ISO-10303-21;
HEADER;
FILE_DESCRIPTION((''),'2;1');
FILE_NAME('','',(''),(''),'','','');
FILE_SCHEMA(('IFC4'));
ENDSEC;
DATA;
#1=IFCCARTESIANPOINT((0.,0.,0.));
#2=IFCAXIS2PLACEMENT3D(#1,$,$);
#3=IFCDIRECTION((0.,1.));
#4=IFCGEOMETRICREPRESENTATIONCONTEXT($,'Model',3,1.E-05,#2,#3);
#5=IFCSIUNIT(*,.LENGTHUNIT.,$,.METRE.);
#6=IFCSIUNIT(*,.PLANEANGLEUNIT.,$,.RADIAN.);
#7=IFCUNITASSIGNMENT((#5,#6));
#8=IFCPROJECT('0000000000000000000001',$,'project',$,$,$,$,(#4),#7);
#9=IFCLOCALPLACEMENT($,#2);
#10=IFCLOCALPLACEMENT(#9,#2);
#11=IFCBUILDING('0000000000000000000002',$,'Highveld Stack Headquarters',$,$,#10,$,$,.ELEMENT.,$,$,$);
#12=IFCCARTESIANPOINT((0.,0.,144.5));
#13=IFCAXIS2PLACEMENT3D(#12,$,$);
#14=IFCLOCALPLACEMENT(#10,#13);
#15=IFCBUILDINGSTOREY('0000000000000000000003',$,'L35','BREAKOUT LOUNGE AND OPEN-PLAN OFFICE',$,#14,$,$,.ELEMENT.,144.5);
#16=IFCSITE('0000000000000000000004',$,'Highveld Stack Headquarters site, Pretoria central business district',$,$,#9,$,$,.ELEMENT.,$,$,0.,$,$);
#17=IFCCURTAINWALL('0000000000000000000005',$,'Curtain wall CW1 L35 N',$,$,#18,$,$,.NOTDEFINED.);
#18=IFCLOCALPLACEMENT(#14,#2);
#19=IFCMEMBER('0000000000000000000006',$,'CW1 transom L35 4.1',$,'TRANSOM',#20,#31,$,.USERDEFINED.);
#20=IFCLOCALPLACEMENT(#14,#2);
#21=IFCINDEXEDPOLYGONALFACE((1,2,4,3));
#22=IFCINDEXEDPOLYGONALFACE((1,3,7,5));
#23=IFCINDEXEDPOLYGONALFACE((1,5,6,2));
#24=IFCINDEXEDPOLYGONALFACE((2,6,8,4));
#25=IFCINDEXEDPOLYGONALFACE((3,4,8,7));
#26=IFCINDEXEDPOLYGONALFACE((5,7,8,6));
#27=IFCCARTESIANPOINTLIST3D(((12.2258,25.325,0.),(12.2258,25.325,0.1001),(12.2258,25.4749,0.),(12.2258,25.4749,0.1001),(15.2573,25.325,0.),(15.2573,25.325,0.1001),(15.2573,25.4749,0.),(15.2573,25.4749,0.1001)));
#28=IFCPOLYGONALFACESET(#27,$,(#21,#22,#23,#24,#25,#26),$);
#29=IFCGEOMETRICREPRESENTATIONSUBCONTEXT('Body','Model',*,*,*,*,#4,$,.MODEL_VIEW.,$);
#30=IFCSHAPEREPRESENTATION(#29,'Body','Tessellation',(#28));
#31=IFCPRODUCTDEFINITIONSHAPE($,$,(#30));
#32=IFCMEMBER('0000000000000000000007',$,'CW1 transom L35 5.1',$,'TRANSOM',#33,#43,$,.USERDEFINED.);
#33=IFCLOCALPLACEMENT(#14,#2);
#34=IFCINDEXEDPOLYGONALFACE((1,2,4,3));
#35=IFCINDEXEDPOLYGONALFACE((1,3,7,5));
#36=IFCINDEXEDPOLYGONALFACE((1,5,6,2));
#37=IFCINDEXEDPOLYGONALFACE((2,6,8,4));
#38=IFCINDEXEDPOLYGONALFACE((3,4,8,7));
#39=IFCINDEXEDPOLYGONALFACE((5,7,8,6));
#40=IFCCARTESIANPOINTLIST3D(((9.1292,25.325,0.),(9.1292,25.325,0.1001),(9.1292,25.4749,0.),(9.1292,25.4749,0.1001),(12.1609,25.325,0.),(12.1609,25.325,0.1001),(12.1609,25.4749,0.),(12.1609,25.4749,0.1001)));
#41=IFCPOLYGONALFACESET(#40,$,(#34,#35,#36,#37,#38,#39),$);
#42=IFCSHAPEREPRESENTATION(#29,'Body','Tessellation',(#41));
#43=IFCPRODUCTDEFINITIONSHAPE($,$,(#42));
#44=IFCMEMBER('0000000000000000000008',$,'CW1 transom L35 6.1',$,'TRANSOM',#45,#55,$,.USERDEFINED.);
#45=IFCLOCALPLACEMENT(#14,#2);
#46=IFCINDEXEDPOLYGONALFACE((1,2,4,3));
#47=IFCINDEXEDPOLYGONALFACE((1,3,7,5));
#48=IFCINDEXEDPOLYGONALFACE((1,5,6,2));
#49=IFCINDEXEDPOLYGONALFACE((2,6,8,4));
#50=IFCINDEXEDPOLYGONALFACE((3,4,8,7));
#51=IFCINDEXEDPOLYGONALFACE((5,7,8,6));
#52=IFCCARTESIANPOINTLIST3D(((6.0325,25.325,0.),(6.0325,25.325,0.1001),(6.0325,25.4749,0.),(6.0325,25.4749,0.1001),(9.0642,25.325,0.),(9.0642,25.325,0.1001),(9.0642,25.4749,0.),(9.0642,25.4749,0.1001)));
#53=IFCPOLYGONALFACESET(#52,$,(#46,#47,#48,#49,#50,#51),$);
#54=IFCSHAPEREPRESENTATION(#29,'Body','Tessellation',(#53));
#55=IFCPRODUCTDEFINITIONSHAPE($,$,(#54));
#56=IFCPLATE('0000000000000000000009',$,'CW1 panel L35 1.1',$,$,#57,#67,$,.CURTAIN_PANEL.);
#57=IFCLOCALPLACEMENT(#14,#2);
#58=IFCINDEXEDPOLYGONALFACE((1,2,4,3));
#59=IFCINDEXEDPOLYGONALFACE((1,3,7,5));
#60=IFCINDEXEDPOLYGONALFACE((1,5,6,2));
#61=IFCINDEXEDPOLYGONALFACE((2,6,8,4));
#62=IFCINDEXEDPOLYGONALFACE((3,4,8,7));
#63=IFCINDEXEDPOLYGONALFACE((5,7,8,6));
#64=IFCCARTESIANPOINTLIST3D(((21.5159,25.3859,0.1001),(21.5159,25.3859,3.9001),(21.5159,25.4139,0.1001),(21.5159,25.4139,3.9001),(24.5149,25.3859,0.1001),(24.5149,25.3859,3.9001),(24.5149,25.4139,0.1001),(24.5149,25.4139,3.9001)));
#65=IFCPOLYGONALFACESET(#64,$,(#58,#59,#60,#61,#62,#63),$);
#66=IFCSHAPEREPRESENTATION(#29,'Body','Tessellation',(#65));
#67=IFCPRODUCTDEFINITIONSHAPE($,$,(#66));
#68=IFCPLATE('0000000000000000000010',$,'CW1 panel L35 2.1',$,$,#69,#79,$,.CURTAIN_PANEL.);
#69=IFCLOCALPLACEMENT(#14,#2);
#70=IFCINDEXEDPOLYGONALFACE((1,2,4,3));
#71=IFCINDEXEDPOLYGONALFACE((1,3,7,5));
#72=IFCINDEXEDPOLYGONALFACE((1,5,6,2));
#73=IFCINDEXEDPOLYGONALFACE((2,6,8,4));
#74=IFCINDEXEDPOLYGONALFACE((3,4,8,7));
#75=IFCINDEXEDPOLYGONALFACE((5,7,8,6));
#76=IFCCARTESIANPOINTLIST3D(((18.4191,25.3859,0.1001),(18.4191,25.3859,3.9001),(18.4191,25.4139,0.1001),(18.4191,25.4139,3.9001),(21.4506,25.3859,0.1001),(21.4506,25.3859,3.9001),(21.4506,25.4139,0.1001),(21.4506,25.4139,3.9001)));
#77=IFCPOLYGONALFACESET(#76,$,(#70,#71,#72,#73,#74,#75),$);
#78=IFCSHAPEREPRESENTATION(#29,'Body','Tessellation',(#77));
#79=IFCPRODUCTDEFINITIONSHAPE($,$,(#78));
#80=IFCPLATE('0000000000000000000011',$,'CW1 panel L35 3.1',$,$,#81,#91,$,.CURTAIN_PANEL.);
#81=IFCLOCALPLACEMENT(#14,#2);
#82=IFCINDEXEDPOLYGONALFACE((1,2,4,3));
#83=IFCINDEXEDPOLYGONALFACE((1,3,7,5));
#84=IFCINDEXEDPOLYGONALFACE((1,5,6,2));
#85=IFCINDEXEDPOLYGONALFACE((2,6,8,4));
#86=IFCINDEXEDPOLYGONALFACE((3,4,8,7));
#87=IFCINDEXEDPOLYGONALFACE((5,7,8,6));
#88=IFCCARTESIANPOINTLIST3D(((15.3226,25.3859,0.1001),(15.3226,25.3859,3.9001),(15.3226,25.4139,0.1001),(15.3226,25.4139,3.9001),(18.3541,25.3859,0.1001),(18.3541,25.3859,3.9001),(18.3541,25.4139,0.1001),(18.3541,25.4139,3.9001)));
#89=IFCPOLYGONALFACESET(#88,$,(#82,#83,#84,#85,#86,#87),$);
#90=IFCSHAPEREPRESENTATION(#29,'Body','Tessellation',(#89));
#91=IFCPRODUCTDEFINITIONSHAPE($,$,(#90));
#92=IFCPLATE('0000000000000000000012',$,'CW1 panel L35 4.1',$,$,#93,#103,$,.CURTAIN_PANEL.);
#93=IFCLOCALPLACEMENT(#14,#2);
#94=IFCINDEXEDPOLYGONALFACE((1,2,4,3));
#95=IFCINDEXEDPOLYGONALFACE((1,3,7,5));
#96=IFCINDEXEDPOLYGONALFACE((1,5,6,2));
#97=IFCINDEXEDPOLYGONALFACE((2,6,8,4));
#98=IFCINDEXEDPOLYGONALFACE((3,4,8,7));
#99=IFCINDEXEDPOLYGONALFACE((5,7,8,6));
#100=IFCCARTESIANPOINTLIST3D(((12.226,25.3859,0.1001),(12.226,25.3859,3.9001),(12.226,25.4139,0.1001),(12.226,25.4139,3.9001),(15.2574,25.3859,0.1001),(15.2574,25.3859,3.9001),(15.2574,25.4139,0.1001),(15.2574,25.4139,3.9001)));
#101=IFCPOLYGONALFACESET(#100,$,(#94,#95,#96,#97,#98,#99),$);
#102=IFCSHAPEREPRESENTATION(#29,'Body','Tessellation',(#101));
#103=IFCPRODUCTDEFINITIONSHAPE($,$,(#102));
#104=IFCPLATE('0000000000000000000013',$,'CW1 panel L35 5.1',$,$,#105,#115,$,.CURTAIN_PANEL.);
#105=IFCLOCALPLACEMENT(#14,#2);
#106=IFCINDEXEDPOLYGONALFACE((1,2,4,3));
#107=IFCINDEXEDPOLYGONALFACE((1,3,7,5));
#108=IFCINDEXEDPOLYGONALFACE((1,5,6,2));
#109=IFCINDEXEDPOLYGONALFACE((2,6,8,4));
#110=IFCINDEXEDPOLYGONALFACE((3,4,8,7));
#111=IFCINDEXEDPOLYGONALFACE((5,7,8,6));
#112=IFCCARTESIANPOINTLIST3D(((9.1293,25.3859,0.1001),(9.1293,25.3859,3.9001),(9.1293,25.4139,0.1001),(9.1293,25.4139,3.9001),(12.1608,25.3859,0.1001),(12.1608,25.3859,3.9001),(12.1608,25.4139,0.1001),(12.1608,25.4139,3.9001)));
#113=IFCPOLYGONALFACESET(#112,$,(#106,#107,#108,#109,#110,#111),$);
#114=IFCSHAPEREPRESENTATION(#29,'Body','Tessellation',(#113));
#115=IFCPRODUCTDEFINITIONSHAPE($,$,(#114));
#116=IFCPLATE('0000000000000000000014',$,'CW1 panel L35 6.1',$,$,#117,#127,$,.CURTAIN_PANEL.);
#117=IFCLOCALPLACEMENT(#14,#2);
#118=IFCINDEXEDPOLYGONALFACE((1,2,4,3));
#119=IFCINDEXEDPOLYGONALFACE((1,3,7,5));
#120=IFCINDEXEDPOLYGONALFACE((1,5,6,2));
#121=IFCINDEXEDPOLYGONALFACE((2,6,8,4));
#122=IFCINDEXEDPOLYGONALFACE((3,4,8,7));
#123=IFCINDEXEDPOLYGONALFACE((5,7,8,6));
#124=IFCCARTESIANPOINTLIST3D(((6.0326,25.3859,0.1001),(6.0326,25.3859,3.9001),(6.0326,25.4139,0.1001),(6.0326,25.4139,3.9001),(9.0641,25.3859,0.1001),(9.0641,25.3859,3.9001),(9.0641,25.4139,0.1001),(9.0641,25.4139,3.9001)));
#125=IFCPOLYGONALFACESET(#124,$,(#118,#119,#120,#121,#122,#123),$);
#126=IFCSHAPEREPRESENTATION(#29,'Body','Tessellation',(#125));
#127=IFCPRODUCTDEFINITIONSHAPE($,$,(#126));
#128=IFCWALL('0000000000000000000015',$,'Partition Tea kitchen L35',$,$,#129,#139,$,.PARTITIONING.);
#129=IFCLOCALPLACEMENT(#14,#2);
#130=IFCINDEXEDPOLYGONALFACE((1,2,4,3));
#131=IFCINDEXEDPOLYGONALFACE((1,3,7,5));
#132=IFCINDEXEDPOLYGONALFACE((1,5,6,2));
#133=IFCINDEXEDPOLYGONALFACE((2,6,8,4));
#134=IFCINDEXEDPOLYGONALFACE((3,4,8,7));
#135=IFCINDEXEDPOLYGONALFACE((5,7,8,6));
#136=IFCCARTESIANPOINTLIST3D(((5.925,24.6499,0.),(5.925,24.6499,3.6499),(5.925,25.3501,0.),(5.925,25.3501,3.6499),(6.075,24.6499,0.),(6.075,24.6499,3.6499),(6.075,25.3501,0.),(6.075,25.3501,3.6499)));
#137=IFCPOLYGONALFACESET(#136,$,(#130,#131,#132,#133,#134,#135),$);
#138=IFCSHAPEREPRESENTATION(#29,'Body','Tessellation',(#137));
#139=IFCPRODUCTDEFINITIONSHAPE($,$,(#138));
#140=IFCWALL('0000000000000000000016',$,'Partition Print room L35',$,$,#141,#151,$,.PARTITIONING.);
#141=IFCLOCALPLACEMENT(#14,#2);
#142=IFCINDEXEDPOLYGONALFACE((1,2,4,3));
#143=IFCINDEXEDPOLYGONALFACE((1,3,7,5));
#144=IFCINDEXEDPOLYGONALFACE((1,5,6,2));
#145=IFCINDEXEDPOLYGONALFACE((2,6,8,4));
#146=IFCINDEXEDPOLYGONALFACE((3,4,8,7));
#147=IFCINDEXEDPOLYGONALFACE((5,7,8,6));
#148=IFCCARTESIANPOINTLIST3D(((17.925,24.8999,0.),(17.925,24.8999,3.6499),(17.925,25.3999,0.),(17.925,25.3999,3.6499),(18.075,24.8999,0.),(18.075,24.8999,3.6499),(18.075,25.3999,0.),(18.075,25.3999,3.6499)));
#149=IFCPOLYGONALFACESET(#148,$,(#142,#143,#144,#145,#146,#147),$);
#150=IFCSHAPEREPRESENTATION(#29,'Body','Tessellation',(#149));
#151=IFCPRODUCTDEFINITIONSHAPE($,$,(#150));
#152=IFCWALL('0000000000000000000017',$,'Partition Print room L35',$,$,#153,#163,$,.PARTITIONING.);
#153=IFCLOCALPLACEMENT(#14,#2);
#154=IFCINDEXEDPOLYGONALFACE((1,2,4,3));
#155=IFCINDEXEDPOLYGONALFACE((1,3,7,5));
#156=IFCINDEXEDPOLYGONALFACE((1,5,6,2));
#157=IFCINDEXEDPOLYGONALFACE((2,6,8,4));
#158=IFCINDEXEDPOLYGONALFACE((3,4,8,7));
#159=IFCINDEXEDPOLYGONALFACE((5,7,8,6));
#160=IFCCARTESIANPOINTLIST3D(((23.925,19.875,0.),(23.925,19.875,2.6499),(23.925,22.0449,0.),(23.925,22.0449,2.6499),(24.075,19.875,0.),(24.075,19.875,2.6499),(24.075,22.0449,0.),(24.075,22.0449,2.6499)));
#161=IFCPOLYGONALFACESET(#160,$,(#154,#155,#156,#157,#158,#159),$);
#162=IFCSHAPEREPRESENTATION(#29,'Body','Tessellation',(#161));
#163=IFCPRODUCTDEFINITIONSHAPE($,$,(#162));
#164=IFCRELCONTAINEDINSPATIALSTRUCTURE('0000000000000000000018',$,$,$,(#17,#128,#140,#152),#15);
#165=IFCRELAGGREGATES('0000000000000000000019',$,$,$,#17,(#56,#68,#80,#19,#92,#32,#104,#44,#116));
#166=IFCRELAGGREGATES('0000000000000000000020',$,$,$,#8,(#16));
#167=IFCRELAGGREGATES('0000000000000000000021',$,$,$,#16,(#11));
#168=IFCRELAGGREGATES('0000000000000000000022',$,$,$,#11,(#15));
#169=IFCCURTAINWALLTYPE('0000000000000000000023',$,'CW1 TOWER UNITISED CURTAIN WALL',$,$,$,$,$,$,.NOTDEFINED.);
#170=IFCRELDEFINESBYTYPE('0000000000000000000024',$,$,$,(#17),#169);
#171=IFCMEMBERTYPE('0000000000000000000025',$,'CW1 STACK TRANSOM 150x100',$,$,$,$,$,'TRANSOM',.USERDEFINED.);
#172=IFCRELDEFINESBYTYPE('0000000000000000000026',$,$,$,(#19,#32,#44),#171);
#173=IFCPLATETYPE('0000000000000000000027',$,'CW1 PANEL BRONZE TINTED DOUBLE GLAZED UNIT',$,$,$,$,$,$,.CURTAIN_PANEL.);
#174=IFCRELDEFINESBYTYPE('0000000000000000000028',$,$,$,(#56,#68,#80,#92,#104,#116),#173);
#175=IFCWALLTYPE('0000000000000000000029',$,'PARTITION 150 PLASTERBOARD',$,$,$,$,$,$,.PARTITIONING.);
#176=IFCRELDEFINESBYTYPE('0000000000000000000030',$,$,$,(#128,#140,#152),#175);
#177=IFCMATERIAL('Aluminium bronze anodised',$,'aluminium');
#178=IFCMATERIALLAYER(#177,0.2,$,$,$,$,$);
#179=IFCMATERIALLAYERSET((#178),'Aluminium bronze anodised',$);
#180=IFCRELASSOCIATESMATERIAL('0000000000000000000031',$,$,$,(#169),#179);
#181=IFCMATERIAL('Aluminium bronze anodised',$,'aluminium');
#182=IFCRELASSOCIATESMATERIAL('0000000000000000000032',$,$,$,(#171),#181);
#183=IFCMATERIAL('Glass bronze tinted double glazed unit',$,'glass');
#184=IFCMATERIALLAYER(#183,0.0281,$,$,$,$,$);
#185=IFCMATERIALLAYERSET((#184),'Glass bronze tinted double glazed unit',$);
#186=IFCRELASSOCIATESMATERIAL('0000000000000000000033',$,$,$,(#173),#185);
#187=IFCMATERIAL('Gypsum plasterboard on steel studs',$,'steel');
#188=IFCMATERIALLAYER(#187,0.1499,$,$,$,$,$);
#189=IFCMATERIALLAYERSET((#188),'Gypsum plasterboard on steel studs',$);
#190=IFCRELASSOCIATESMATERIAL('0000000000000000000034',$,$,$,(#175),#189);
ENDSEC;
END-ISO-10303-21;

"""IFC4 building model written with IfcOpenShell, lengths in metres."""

from ifc_helpers import new_model, si_unit, direction, frame, frame_2d, origin, origin_2d, place, context, subcontext, project, spatial, rectangle, extrude, material, layer, layer_set, material_profile, profile_set, type_object, element, aggregate, save


model = new_model("IFC4")

# Units and contexts
model_context = context("Model", 3, precision=1e-05, world=origin(), true_north=direction((0.0, 1.0)))
body_context = subcontext(model_context, "Body", "Model", "MODEL_VIEW")
ifc_project = project(units=[si_unit("LENGTHUNIT", "METRE"), si_unit("PLANEANGLEUNIT", "RADIAN")], contexts=[model_context])

# Site, building, storey
site_placement = place(None, origin())
site = spatial("IfcSite", under=ifc_project, at=site_placement, Name="Highveld Stack Headquarters site, Pretoria central business district", CompositionType="ELEMENT", RefElevation=0.0)
building_placement = place(site_placement, origin())
building = spatial("IfcBuilding", under=site, at=building_placement, Name="Highveld Stack Headquarters", CompositionType="ELEMENT")
storey_placement = place(building_placement, frame((0.0, 0.0, 144.5)))
storey = spatial("IfcBuildingStorey", under=building, at=storey_placement, Name="L35", Description="BREAKOUT LOUNGE AND OPEN-PLAN OFFICE", CompositionType="ELEMENT", Elevation=144.5)

# Curtain wall, members, plates
ifc_material_1 = material(Name="Aluminium bronze anodised", Category="aluminium")
ifc_layer_1 = layer(ifc_material_1, 0.2)
ifc_layer_set_1 = layer_set([ifc_layer_1], Name="Aluminium bronze anodised")
curtain_wall_type = type_object("IfcCurtainWallType", Name="CW1 TOWER UNITISED CURTAIN WALL", PredefinedType="NOTDEFINED", material=ifc_layer_set_1)
curtain_wall_placement = place(storey_placement, origin())
curtain_wall = element("IfcCurtainWall", 1, at=curtain_wall_placement, inside=storey, type_object=curtain_wall_type, Name="Curtain wall CW1 L35 N", PredefinedType="NOTDEFINED")
ifc_material_2 = material(Name="Aluminium bronze anodised", Category="aluminium")
ifc_material_profile_1 = material_profile(ifc_material_2, rectangle(XDim=0.1499, YDim=0.1001, at=origin_2d()), Name="CW1 TRANSOM 150x100")
ifc_profile_set_1 = profile_set([ifc_material_profile_1], Name="Aluminium bronze anodised")
member_type_1 = type_object("IfcMemberType", Name="CW1 STACK TRANSOM 150x100", ElementType="TRANSOM", PredefinedType="USERDEFINED", material=ifc_profile_set_1)
member_1_placement = place(storey_placement, frame((15.2573, 25.3999, 0.05), z_axis=(-1.0, 0.0, 0.0), x_axis=(0.0, -1.0, 0.0)))
member_1 = element("IfcMember", 2, at=member_1_placement, type_object=member_type_1, Name="CW1 transom L35 4.1", ObjectType="TRANSOM", PredefinedType="USERDEFINED", context=body_context, shape_type="SweptSolid", body=[
    extrude(rectangle(XDim=0.1499, YDim=0.1001, at=origin_2d()), origin(), (0.0, 0.0, 1.0), 3.0315),
])
member_2_placement = place(storey_placement, frame((12.1609, 25.3999, 0.05), z_axis=(-1.0, 0.0, 0.0), x_axis=(0.0, -1.0, 0.0)))
member_2 = element("IfcMember", 3, at=member_2_placement, type_object=member_type_1, Name="CW1 transom L35 5.1", ObjectType="TRANSOM", PredefinedType="USERDEFINED", context=body_context, shape_type="SweptSolid", body=[
    extrude(rectangle(XDim=0.1499, YDim=0.1001, at=origin_2d()), origin(), (0.0, 0.0, 1.0), 3.0317),
])
member_3_placement = place(storey_placement, frame((9.0642, 25.3999, 0.05), z_axis=(-1.0, 0.0, 0.0), x_axis=(0.0, -1.0, 0.0)))
member_3 = element("IfcMember", 4, at=member_3_placement, type_object=member_type_1, Name="CW1 transom L35 6.1", ObjectType="TRANSOM", PredefinedType="USERDEFINED", context=body_context, shape_type="SweptSolid", body=[
    extrude(rectangle(XDim=0.1499, YDim=0.1001, at=origin_2d()), origin(), (0.0, 0.0, 1.0), 3.0317),
])
ifc_material_3 = material(Name="Glass bronze tinted double glazed unit", Category="glass")
ifc_layer_2 = layer(ifc_material_3, 0.0281)
ifc_layer_set_2 = layer_set([ifc_layer_2], Name="Glass bronze tinted double glazed unit")
plate_type = type_object("IfcPlateType", Name="CW1 PANEL BRONZE TINTED DOUBLE GLAZED UNIT", PredefinedType="CURTAIN_PANEL", material=ifc_layer_set_2)
plate_1_placement = place(storey_placement, frame((23.0154, 25.3999, 0.1001), z_axis=(0.0, 0.0, 1.0), x_axis=(-1.0, 0.0, 0.0)))
plate_1 = element("IfcPlate", 5, at=plate_1_placement, type_object=plate_type, Name="CW1 panel L35 1.1", PredefinedType="CURTAIN_PANEL", context=body_context, shape_type="SweptSolid", body=[
    extrude(rectangle(XDim=2.999, YDim=0.0281, at=origin_2d()), origin(), (0.0, 0.0, 1.0), 3.8),
])
plate_2_placement = place(storey_placement, frame((19.9348, 25.3999, 0.1001), z_axis=(0.0, 0.0, 1.0), x_axis=(-1.0, 0.0, 0.0)))
plate_2 = element("IfcPlate", 6, at=plate_2_placement, type_object=plate_type, Name="CW1 panel L35 2.1", PredefinedType="CURTAIN_PANEL", context=body_context, shape_type="SweptSolid", body=[
    extrude(rectangle(XDim=3.0315, YDim=0.0281, at=origin_2d()), origin(), (0.0, 0.0, 1.0), 3.8),
])
plate_3_placement = place(storey_placement, frame((16.8384, 25.3999, 0.1001), z_axis=(0.0, 0.0, 1.0), x_axis=(-1.0, 0.0, 0.0)))
plate_3 = element("IfcPlate", 7, at=plate_3_placement, type_object=plate_type, Name="CW1 panel L35 3.1", PredefinedType="CURTAIN_PANEL", context=body_context, shape_type="SweptSolid", body=[
    extrude(rectangle(XDim=3.0315, YDim=0.0281, at=origin_2d()), origin(), (0.0, 0.0, 1.0), 3.8),
])
plate_4_placement = place(storey_placement, frame((13.7417, 25.3999, 0.1001), z_axis=(0.0, 0.0, 1.0), x_axis=(-1.0, 0.0, 0.0)))
plate_4 = element("IfcPlate", 8, at=plate_4_placement, type_object=plate_type, Name="CW1 panel L35 4.1", PredefinedType="CURTAIN_PANEL", context=body_context, shape_type="SweptSolid", body=[
    extrude(rectangle(XDim=3.0315, YDim=0.0281, at=origin_2d()), origin(), (0.0, 0.0, 1.0), 3.8),
])
plate_5_placement = place(storey_placement, frame((10.645, 25.3999, 0.1001), z_axis=(0.0, 0.0, 1.0), x_axis=(-1.0, 0.0, 0.0)))
plate_5 = element("IfcPlate", 9, at=plate_5_placement, type_object=plate_type, Name="CW1 panel L35 5.1", PredefinedType="CURTAIN_PANEL", context=body_context, shape_type="SweptSolid", body=[
    extrude(rectangle(XDim=3.0315, YDim=0.0281, at=origin_2d()), origin(), (0.0, 0.0, 1.0), 3.8),
])
plate_6_placement = place(storey_placement, frame((7.5483, 25.3999, 0.1001), z_axis=(0.0, 0.0, 1.0), x_axis=(-1.0, 0.0, 0.0)))
plate_6 = element("IfcPlate", 10, at=plate_6_placement, type_object=plate_type, Name="CW1 panel L35 6.1", PredefinedType="CURTAIN_PANEL", context=body_context, shape_type="SweptSolid", body=[
    extrude(rectangle(XDim=3.0315, YDim=0.0281, at=origin_2d()), origin(), (0.0, 0.0, 1.0), 3.8),
])
aggregate(curtain_wall, [plate_1, plate_2, plate_3, member_1, plate_4, member_2, plate_5, member_3, plate_6])

# Walls
ifc_material_4 = material(Name="Gypsum plasterboard on steel studs", Category="steel")
ifc_layer_3 = layer(ifc_material_4, 0.1499)
ifc_layer_set_3 = layer_set([ifc_layer_3], Name="Gypsum plasterboard on steel studs")
wall_type = type_object("IfcWallType", Name="PARTITION 150 PLASTERBOARD", PredefinedType="PARTITIONING", material=ifc_layer_set_3)
wall_1_placement = place(storey_placement, frame((6.0, 24.6499, 0.0), z_axis=(0.0, 0.0, 1.0), x_axis=(0.0, 1.0, 0.0)))
element("IfcWall", 11, at=wall_1_placement, inside=storey, type_object=wall_type, Name="Partition Tea kitchen L35", PredefinedType="PARTITIONING", context=body_context, shape_type="SweptSolid", body=[
    extrude(rectangle(XDim=0.7002, YDim=0.1499, at=frame_2d((0.3501, 0.0))), origin(), (0.0, 0.0, 1.0), 3.6499),
])
wall_2_placement = place(storey_placement, frame((18.0, 24.8999, 0.0), z_axis=(0.0, 0.0, 1.0), x_axis=(0.0, 1.0, 0.0)))
element("IfcWall", 12, at=wall_2_placement, inside=storey, type_object=wall_type, Name="Partition Print room L35", PredefinedType="PARTITIONING", context=body_context, shape_type="SweptSolid", body=[
    extrude(rectangle(XDim=0.5, YDim=0.1499, at=frame_2d((0.25, 0.0))), origin(), (0.0, 0.0, 1.0), 3.6499),
])
wall_3_placement = place(storey_placement, frame((24.0, 19.875, 0.0), z_axis=(0.0, 0.0, 1.0), x_axis=(0.0, 1.0, 0.0)))
element("IfcWall", 13, at=wall_3_placement, inside=storey, type_object=wall_type, Name="Partition Print room L35", PredefinedType="PARTITIONING", context=body_context, shape_type="SweptSolid", body=[
    extrude(rectangle(XDim=2.1699, YDim=0.1499, at=frame_2d((1.085, 0.0))), origin(), (0.0, 0.0, 1.0), 2.6499),
])

save(model, "model.ifc")
